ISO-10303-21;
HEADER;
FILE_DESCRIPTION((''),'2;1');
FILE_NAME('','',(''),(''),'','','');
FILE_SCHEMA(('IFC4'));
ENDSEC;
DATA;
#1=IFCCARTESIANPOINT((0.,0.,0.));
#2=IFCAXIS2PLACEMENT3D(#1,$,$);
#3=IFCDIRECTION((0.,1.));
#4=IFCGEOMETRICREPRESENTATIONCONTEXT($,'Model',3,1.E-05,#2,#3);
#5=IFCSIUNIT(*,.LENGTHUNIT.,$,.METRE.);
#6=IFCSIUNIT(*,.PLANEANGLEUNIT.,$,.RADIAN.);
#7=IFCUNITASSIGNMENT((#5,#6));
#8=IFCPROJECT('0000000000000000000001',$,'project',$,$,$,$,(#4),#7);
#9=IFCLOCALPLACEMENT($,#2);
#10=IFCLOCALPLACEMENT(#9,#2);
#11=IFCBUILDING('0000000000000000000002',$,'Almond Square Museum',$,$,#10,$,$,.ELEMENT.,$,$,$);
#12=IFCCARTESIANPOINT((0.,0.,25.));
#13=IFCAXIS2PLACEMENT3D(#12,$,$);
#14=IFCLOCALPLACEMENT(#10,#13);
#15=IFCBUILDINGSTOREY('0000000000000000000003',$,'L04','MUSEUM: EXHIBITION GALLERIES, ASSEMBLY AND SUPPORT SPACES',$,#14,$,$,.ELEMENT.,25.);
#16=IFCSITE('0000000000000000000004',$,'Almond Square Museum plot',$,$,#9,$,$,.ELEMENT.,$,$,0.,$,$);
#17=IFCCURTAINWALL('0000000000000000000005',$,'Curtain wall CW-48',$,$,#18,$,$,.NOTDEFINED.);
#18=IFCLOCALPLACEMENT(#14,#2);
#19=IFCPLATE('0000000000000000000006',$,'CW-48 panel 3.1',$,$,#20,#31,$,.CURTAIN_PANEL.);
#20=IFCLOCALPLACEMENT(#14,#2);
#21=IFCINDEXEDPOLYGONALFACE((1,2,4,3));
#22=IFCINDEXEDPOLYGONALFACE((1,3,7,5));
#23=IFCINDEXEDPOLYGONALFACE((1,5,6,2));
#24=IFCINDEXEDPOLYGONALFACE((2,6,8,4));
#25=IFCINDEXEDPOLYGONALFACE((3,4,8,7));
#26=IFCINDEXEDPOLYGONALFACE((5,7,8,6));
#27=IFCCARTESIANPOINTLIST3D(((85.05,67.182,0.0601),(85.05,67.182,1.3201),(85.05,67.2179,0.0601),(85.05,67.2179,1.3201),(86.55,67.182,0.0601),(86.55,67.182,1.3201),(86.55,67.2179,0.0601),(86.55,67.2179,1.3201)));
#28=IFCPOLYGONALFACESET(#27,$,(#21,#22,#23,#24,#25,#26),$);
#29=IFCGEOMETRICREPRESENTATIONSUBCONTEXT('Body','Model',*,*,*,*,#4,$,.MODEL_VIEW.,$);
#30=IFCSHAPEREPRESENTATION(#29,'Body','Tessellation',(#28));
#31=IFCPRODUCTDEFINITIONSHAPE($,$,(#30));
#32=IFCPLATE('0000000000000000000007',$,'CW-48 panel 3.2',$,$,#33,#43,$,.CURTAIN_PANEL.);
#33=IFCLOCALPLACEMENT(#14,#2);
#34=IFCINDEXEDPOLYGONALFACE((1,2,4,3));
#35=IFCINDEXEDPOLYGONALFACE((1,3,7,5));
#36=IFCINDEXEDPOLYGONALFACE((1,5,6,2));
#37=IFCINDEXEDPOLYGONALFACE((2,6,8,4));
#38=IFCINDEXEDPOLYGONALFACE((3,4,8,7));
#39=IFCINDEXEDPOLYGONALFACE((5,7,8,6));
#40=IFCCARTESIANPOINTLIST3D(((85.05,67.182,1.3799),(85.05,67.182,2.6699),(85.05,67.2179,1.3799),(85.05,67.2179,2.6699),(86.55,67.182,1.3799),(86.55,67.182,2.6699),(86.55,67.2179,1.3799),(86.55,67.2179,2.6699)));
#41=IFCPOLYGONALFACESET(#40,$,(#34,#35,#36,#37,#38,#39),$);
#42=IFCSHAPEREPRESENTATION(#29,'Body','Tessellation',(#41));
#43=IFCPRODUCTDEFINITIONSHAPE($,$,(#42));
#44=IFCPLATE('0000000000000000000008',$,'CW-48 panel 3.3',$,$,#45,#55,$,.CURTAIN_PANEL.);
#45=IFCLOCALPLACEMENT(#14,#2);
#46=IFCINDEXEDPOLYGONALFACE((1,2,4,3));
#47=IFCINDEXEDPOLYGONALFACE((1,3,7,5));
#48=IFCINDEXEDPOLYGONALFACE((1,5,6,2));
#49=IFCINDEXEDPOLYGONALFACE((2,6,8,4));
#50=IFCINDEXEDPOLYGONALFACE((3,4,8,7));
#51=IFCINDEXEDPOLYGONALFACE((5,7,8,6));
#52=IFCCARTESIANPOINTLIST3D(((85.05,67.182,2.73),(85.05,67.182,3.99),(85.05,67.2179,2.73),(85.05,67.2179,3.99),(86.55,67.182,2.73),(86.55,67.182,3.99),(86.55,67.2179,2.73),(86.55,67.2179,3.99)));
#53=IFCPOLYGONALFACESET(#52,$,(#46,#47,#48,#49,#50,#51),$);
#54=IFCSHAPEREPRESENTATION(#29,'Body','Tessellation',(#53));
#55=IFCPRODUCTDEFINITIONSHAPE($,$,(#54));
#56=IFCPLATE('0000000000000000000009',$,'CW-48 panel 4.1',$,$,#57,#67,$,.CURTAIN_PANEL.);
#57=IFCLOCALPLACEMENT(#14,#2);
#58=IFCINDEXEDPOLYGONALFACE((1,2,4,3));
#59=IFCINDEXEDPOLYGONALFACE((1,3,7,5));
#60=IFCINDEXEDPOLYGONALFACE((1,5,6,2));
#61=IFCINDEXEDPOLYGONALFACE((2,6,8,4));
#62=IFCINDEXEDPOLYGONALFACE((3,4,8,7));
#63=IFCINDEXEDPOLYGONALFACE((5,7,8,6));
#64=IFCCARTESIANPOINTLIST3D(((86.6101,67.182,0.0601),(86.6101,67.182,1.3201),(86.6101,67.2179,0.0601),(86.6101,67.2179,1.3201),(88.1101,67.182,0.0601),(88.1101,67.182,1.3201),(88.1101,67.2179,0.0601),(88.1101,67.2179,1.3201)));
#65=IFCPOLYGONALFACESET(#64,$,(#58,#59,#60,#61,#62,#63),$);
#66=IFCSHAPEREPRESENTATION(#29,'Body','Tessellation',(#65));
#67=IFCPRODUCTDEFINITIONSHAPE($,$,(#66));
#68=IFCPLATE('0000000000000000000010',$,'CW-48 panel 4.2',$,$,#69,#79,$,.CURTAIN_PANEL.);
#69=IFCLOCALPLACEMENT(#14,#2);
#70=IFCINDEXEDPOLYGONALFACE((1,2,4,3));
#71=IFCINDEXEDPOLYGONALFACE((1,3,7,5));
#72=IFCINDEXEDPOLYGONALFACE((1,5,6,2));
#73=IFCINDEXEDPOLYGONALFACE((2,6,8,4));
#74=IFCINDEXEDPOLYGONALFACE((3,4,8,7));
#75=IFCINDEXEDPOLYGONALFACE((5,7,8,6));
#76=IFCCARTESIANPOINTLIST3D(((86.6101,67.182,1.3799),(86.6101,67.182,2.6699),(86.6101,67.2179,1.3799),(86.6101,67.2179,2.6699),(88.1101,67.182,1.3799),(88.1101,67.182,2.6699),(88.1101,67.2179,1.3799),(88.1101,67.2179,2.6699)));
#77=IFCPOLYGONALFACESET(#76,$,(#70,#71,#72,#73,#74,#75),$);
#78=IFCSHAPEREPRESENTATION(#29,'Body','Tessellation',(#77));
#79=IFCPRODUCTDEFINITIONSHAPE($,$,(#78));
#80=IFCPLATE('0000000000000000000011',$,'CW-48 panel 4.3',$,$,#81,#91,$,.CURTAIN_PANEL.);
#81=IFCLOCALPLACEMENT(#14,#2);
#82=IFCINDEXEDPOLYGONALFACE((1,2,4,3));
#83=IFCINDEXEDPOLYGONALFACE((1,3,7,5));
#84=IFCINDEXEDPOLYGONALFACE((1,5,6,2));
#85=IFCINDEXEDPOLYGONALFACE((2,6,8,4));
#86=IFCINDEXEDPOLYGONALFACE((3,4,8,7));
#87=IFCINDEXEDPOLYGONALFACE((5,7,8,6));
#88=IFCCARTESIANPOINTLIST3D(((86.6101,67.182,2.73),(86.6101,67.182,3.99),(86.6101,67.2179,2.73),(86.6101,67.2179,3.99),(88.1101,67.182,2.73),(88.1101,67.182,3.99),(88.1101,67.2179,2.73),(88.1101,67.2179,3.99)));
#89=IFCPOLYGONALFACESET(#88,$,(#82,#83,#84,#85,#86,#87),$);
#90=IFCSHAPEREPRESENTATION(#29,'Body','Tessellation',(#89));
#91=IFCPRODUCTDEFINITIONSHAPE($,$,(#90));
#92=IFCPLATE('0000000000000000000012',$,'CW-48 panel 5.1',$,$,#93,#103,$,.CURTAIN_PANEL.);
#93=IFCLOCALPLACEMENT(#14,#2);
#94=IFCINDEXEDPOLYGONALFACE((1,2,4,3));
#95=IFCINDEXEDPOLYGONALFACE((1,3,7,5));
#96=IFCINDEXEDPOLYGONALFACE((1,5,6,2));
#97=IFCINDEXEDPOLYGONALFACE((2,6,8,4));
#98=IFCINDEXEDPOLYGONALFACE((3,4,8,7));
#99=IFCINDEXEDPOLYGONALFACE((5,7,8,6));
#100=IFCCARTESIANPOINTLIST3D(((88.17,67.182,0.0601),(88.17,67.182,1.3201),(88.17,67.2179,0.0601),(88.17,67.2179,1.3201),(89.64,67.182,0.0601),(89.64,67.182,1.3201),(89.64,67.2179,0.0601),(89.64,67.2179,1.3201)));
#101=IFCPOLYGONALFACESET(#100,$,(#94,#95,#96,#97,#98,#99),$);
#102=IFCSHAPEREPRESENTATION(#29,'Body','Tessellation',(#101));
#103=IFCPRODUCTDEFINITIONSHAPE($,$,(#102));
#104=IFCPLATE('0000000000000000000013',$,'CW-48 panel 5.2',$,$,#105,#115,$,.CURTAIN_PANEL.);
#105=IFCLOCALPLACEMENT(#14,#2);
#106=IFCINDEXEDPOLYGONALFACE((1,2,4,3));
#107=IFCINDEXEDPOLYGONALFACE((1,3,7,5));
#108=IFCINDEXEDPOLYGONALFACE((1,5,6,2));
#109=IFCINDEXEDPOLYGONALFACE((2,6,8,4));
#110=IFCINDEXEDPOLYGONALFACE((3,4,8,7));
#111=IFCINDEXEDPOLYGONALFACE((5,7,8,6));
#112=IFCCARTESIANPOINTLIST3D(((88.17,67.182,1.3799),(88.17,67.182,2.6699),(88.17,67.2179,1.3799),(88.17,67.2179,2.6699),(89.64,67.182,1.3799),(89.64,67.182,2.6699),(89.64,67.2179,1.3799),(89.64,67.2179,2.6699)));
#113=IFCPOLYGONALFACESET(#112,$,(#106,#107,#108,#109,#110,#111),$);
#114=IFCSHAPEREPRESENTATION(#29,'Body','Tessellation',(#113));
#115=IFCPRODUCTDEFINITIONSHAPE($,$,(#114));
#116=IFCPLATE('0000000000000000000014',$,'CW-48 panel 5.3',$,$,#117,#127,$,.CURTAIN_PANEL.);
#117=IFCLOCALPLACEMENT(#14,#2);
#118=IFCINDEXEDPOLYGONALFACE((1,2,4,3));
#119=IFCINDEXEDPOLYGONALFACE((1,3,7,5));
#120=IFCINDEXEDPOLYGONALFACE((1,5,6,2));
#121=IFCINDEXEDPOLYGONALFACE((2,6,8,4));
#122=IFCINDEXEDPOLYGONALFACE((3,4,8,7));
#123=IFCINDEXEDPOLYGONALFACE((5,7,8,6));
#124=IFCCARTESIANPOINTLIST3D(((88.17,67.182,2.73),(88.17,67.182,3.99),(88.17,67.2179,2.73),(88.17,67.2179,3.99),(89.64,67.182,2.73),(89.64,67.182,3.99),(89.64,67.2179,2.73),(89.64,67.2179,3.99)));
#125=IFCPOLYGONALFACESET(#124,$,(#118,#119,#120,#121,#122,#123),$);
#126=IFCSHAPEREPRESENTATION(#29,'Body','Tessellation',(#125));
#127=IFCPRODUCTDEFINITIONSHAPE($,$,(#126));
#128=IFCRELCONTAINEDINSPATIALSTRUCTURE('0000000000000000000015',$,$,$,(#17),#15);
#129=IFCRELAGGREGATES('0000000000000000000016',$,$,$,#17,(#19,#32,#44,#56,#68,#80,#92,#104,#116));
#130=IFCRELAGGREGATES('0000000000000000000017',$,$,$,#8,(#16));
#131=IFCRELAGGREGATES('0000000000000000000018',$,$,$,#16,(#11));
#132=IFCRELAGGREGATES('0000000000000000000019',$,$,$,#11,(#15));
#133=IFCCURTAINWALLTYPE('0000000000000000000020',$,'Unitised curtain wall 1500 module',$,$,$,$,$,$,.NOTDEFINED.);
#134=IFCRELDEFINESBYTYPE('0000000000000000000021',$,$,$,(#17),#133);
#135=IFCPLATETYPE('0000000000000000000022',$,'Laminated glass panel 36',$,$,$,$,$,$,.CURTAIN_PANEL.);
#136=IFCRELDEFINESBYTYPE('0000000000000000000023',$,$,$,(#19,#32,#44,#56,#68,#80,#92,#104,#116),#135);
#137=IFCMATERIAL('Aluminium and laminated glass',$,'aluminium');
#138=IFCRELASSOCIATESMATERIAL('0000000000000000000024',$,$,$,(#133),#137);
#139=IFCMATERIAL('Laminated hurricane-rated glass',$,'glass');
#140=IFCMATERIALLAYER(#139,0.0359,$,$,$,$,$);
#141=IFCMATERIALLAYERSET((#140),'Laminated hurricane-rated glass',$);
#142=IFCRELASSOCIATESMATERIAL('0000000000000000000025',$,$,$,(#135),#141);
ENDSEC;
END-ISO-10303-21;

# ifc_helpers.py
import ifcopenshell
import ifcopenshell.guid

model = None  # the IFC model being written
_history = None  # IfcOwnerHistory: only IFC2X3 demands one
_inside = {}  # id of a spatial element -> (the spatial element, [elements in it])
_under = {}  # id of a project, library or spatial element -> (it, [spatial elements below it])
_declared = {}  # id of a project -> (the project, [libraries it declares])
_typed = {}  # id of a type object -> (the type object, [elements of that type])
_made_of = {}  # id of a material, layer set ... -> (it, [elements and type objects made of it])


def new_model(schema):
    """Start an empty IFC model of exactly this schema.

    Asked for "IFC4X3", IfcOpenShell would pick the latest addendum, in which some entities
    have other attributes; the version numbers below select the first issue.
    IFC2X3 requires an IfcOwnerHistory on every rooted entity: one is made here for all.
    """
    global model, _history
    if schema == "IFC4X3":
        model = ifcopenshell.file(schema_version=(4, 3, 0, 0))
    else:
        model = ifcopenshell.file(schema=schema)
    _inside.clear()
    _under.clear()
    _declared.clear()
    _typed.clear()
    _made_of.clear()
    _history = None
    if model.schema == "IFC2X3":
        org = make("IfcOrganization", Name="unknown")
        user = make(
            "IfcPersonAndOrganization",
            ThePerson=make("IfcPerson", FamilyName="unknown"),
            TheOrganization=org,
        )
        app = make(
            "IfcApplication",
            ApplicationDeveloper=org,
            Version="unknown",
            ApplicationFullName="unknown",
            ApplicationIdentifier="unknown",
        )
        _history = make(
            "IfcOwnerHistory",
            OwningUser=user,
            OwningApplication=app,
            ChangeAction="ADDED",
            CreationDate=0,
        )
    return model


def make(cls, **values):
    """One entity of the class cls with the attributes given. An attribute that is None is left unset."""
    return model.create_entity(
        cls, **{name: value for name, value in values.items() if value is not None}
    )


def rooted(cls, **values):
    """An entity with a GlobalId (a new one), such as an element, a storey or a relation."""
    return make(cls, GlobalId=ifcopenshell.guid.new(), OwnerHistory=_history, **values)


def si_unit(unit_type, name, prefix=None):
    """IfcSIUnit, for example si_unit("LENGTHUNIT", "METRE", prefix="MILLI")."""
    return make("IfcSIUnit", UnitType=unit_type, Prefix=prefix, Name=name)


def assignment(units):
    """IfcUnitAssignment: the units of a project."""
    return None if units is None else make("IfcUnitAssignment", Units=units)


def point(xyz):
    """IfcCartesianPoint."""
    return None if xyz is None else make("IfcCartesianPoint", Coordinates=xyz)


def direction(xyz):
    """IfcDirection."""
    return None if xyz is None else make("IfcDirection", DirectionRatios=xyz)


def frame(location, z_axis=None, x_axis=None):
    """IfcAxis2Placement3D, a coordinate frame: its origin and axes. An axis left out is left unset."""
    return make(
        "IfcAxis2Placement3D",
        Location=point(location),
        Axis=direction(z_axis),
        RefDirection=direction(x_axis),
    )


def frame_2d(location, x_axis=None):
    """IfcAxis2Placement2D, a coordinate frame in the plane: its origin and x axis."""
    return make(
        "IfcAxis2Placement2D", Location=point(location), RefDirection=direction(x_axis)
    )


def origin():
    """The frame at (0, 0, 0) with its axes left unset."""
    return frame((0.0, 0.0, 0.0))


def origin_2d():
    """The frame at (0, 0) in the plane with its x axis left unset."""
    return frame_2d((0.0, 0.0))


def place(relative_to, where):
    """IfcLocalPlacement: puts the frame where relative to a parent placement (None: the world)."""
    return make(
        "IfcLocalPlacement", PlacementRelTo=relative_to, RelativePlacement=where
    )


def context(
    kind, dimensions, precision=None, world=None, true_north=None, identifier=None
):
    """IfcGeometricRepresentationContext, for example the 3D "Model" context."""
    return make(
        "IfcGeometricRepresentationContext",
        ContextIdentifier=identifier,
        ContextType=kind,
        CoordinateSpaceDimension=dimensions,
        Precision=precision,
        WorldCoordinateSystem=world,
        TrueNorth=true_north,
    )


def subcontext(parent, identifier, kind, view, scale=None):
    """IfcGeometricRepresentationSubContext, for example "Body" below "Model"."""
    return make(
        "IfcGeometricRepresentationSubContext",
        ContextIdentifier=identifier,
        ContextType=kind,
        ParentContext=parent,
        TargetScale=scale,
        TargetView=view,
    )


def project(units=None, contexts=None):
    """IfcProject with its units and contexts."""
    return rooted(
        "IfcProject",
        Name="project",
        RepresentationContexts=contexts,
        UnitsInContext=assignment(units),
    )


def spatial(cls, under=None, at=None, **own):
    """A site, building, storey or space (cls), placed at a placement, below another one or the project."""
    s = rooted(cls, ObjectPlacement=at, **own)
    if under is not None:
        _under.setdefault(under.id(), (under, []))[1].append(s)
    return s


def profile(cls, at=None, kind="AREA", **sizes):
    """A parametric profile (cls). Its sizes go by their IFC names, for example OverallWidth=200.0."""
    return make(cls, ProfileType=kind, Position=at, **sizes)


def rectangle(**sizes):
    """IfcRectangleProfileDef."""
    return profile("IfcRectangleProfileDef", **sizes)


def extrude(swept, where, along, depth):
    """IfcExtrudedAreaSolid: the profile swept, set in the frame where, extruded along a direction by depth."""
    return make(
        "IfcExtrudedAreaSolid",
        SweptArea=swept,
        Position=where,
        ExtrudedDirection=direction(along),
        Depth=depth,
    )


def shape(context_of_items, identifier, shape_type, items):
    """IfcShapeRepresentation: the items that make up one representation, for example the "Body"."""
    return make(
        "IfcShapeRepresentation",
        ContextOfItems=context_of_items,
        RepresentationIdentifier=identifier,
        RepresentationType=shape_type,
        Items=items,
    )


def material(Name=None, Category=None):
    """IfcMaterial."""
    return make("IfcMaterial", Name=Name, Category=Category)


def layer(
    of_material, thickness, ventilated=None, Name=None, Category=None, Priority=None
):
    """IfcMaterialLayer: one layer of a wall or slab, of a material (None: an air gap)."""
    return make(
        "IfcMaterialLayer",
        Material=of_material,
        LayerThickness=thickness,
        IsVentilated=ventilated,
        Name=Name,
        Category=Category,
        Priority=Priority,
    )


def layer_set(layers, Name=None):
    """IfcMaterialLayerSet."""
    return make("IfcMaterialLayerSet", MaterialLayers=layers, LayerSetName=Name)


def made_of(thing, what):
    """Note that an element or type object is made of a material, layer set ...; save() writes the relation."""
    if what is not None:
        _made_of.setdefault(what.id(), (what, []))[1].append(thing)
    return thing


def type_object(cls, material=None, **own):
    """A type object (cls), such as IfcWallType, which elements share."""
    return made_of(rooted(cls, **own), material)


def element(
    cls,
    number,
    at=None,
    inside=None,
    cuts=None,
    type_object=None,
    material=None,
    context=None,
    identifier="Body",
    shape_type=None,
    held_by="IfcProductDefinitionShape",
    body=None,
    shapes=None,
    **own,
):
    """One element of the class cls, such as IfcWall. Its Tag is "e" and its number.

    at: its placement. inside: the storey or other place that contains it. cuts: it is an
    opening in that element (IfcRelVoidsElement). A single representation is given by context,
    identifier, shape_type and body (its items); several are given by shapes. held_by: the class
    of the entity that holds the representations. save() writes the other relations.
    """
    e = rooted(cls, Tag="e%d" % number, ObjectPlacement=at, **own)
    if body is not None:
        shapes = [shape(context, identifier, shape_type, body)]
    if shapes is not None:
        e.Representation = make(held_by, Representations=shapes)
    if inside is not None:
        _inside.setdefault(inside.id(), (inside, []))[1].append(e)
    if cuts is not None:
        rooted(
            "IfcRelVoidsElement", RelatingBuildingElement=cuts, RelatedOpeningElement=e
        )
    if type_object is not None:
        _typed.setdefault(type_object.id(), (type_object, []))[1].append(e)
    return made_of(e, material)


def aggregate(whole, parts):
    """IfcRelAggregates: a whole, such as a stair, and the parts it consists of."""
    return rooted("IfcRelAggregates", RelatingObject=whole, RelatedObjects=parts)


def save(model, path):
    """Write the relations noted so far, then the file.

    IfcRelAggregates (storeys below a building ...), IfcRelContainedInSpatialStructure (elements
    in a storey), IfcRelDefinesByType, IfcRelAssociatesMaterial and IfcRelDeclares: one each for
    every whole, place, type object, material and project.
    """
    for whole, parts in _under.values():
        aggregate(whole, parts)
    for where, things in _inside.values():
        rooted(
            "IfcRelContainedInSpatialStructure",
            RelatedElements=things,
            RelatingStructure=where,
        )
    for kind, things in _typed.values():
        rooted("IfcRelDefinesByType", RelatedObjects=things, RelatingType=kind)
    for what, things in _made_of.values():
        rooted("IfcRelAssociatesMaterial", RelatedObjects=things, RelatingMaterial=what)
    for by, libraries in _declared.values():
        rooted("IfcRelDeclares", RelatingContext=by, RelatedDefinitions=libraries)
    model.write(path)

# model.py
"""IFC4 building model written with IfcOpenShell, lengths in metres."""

from ifc_helpers import new_model, si_unit, direction, frame, origin, origin_2d, place, context, subcontext, project, spatial, rectangle, extrude, material, layer, layer_set, type_object, element, aggregate, save


model = new_model("IFC4")

# Units and contexts
model_context = context("Model", 3, precision=1e-05, world=origin(), true_north=direction((0.0, 1.0)))
body_context = subcontext(model_context, "Body", "Model", "MODEL_VIEW")
ifc_project = project(units=[si_unit("LENGTHUNIT", "METRE"), si_unit("PLANEANGLEUNIT", "RADIAN")], contexts=[model_context])

# Site, building, storey
site_placement = place(None, origin())
site = spatial("IfcSite", under=ifc_project, at=site_placement, Name="Almond Square Museum plot", CompositionType="ELEMENT", RefElevation=0.0)
building_placement = place(site_placement, origin())
building = spatial("IfcBuilding", under=site, at=building_placement, Name="Almond Square Museum", CompositionType="ELEMENT")
storey_placement = place(building_placement, frame((0.0, 0.0, 25.0)))
storey = spatial("IfcBuildingStorey", under=building, at=storey_placement, Name="L04", Description="MUSEUM: EXHIBITION GALLERIES, ASSEMBLY AND SUPPORT SPACES", CompositionType="ELEMENT", Elevation=25.0)

# Curtain wall
ifc_material_1 = material(Name="Aluminium and laminated glass", Category="aluminium")
curtain_wall_type = type_object("IfcCurtainWallType", Name="Unitised curtain wall 1500 module", PredefinedType="NOTDEFINED", material=ifc_material_1)
curtain_wall_placement = place(storey_placement, origin())
curtain_wall = element("IfcCurtainWall", 1, at=curtain_wall_placement, inside=storey, type_object=curtain_wall_type, Name="Curtain wall CW-48", PredefinedType="NOTDEFINED")

# Plates
ifc_material_2 = material(Name="Laminated hurricane-rated glass", Category="glass")
ifc_layer = layer(ifc_material_2, 0.0359)
ifc_layer_set = layer_set([ifc_layer], Name="Laminated hurricane-rated glass")
plate_type = type_object("IfcPlateType", Name="Laminated glass panel 36", PredefinedType="CURTAIN_PANEL", material=ifc_layer_set)
plate_1_placement = place(storey_placement, frame((85.8, 67.2, 0.0601), z_axis=(0.0, 0.0, 1.0), x_axis=(1.0, 0.0, 0.0)))
plate_1 = element("IfcPlate", 2, at=plate_1_placement, type_object=plate_type, Name="CW-48 panel 3.1", PredefinedType="CURTAIN_PANEL", context=body_context, shape_type="SweptSolid", body=[
    extrude(rectangle(XDim=1.5, YDim=0.0359, at=origin_2d()), origin(), (0.0, 0.0, 1.0), 1.26),
])
plate_2_placement = place(storey_placement, frame((85.8, 67.2, 1.3799), z_axis=(0.0, 0.0, 1.0), x_axis=(1.0, 0.0, 0.0)))
plate_2 = element("IfcPlate", 3, at=plate_2_placement, type_object=plate_type, Name="CW-48 panel 3.2", PredefinedType="CURTAIN_PANEL", context=body_context, shape_type="SweptSolid", body=[
    extrude(rectangle(XDim=1.5, YDim=0.0359, at=origin_2d()), origin(), (0.0, 0.0, 1.0), 1.29),
])
plate_3_placement = place(storey_placement, frame((85.8, 67.2, 2.73), z_axis=(0.0, 0.0, 1.0), x_axis=(1.0, 0.0, 0.0)))
plate_3 = element("IfcPlate", 4, at=plate_3_placement, type_object=plate_type, Name="CW-48 panel 3.3", PredefinedType="CURTAIN_PANEL", context=body_context, shape_type="SweptSolid", body=[
    extrude(rectangle(XDim=1.5, YDim=0.0359, at=origin_2d()), origin(), (0.0, 0.0, 1.0), 1.26),
])
plate_4_placement = place(storey_placement, frame((87.3601, 67.2, 0.0601), z_axis=(0.0, 0.0, 1.0), x_axis=(1.0, 0.0, 0.0)))
plate_4 = element("IfcPlate", 5, at=plate_4_placement, type_object=plate_type, Name="CW-48 panel 4.1", PredefinedType="CURTAIN_PANEL", context=body_context, shape_type="SweptSolid", body=[
    extrude(rectangle(XDim=1.5, YDim=0.0359, at=origin_2d()), origin(), (0.0, 0.0, 1.0), 1.26),
])
plate_5_placement = place(storey_placement, frame((87.3601, 67.2, 1.3799), z_axis=(0.0, 0.0, 1.0), x_axis=(1.0, 0.0, 0.0)))
plate_5 = element("IfcPlate", 6, at=plate_5_placement, type_object=plate_type, Name="CW-48 panel 4.2", PredefinedType="CURTAIN_PANEL", context=body_context, shape_type="SweptSolid", body=[
    extrude(rectangle(XDim=1.5, YDim=0.0359, at=origin_2d()), origin(), (0.0, 0.0, 1.0), 1.29),
])
plate_6_placement = place(storey_placement, frame((87.3601, 67.2, 2.73), z_axis=(0.0, 0.0, 1.0), x_axis=(1.0, 0.0, 0.0)))
plate_6 = element("IfcPlate", 7, at=plate_6_placement, type_object=plate_type, Name="CW-48 panel 4.3", PredefinedType="CURTAIN_PANEL", context=body_context, shape_type="SweptSolid", body=[
    extrude(rectangle(XDim=1.5, YDim=0.0359, at=origin_2d()), origin(), (0.0, 0.0, 1.0), 1.26),
])
plate_7_placement = place(storey_placement, frame((88.905, 67.2, 0.0601), z_axis=(0.0, 0.0, 1.0), x_axis=(1.0, 0.0, 0.0)))
plate_7 = element("IfcPlate", 8, at=plate_7_placement, type_object=plate_type, Name="CW-48 panel 5.1", PredefinedType="CURTAIN_PANEL", context=body_context, shape_type="SweptSolid", body=[
    extrude(rectangle(XDim=1.47, YDim=0.0359, at=origin_2d()), origin(), (0.0, 0.0, 1.0), 1.26),
])
plate_8_placement = place(storey_placement, frame((88.905, 67.2, 1.3799), z_axis=(0.0, 0.0, 1.0), x_axis=(1.0, 0.0, 0.0)))
plate_8 = element("IfcPlate", 9, at=plate_8_placement, type_object=plate_type, Name="CW-48 panel 5.2", PredefinedType="CURTAIN_PANEL", context=body_context, shape_type="SweptSolid", body=[
    extrude(rectangle(XDim=1.47, YDim=0.0359, at=origin_2d()), origin(), (0.0, 0.0, 1.0), 1.29),
])
plate_9_placement = place(storey_placement, frame((88.905, 67.2, 2.73), z_axis=(0.0, 0.0, 1.0), x_axis=(1.0, 0.0, 0.0)))
plate_9 = element("IfcPlate", 10, at=plate_9_placement, type_object=plate_type, Name="CW-48 panel 5.3", PredefinedType="CURTAIN_PANEL", context=body_context, shape_type="SweptSolid", body=[
    extrude(rectangle(XDim=1.47, YDim=0.0359, at=origin_2d()), origin(), (0.0, 0.0, 1.0), 1.26),
])
aggregate(curtain_wall, [plate_1, plate_2, plate_3, plate_4, plate_5, plate_6, plate_7, plate_8, plate_9])

save(model, "model.ifc")
